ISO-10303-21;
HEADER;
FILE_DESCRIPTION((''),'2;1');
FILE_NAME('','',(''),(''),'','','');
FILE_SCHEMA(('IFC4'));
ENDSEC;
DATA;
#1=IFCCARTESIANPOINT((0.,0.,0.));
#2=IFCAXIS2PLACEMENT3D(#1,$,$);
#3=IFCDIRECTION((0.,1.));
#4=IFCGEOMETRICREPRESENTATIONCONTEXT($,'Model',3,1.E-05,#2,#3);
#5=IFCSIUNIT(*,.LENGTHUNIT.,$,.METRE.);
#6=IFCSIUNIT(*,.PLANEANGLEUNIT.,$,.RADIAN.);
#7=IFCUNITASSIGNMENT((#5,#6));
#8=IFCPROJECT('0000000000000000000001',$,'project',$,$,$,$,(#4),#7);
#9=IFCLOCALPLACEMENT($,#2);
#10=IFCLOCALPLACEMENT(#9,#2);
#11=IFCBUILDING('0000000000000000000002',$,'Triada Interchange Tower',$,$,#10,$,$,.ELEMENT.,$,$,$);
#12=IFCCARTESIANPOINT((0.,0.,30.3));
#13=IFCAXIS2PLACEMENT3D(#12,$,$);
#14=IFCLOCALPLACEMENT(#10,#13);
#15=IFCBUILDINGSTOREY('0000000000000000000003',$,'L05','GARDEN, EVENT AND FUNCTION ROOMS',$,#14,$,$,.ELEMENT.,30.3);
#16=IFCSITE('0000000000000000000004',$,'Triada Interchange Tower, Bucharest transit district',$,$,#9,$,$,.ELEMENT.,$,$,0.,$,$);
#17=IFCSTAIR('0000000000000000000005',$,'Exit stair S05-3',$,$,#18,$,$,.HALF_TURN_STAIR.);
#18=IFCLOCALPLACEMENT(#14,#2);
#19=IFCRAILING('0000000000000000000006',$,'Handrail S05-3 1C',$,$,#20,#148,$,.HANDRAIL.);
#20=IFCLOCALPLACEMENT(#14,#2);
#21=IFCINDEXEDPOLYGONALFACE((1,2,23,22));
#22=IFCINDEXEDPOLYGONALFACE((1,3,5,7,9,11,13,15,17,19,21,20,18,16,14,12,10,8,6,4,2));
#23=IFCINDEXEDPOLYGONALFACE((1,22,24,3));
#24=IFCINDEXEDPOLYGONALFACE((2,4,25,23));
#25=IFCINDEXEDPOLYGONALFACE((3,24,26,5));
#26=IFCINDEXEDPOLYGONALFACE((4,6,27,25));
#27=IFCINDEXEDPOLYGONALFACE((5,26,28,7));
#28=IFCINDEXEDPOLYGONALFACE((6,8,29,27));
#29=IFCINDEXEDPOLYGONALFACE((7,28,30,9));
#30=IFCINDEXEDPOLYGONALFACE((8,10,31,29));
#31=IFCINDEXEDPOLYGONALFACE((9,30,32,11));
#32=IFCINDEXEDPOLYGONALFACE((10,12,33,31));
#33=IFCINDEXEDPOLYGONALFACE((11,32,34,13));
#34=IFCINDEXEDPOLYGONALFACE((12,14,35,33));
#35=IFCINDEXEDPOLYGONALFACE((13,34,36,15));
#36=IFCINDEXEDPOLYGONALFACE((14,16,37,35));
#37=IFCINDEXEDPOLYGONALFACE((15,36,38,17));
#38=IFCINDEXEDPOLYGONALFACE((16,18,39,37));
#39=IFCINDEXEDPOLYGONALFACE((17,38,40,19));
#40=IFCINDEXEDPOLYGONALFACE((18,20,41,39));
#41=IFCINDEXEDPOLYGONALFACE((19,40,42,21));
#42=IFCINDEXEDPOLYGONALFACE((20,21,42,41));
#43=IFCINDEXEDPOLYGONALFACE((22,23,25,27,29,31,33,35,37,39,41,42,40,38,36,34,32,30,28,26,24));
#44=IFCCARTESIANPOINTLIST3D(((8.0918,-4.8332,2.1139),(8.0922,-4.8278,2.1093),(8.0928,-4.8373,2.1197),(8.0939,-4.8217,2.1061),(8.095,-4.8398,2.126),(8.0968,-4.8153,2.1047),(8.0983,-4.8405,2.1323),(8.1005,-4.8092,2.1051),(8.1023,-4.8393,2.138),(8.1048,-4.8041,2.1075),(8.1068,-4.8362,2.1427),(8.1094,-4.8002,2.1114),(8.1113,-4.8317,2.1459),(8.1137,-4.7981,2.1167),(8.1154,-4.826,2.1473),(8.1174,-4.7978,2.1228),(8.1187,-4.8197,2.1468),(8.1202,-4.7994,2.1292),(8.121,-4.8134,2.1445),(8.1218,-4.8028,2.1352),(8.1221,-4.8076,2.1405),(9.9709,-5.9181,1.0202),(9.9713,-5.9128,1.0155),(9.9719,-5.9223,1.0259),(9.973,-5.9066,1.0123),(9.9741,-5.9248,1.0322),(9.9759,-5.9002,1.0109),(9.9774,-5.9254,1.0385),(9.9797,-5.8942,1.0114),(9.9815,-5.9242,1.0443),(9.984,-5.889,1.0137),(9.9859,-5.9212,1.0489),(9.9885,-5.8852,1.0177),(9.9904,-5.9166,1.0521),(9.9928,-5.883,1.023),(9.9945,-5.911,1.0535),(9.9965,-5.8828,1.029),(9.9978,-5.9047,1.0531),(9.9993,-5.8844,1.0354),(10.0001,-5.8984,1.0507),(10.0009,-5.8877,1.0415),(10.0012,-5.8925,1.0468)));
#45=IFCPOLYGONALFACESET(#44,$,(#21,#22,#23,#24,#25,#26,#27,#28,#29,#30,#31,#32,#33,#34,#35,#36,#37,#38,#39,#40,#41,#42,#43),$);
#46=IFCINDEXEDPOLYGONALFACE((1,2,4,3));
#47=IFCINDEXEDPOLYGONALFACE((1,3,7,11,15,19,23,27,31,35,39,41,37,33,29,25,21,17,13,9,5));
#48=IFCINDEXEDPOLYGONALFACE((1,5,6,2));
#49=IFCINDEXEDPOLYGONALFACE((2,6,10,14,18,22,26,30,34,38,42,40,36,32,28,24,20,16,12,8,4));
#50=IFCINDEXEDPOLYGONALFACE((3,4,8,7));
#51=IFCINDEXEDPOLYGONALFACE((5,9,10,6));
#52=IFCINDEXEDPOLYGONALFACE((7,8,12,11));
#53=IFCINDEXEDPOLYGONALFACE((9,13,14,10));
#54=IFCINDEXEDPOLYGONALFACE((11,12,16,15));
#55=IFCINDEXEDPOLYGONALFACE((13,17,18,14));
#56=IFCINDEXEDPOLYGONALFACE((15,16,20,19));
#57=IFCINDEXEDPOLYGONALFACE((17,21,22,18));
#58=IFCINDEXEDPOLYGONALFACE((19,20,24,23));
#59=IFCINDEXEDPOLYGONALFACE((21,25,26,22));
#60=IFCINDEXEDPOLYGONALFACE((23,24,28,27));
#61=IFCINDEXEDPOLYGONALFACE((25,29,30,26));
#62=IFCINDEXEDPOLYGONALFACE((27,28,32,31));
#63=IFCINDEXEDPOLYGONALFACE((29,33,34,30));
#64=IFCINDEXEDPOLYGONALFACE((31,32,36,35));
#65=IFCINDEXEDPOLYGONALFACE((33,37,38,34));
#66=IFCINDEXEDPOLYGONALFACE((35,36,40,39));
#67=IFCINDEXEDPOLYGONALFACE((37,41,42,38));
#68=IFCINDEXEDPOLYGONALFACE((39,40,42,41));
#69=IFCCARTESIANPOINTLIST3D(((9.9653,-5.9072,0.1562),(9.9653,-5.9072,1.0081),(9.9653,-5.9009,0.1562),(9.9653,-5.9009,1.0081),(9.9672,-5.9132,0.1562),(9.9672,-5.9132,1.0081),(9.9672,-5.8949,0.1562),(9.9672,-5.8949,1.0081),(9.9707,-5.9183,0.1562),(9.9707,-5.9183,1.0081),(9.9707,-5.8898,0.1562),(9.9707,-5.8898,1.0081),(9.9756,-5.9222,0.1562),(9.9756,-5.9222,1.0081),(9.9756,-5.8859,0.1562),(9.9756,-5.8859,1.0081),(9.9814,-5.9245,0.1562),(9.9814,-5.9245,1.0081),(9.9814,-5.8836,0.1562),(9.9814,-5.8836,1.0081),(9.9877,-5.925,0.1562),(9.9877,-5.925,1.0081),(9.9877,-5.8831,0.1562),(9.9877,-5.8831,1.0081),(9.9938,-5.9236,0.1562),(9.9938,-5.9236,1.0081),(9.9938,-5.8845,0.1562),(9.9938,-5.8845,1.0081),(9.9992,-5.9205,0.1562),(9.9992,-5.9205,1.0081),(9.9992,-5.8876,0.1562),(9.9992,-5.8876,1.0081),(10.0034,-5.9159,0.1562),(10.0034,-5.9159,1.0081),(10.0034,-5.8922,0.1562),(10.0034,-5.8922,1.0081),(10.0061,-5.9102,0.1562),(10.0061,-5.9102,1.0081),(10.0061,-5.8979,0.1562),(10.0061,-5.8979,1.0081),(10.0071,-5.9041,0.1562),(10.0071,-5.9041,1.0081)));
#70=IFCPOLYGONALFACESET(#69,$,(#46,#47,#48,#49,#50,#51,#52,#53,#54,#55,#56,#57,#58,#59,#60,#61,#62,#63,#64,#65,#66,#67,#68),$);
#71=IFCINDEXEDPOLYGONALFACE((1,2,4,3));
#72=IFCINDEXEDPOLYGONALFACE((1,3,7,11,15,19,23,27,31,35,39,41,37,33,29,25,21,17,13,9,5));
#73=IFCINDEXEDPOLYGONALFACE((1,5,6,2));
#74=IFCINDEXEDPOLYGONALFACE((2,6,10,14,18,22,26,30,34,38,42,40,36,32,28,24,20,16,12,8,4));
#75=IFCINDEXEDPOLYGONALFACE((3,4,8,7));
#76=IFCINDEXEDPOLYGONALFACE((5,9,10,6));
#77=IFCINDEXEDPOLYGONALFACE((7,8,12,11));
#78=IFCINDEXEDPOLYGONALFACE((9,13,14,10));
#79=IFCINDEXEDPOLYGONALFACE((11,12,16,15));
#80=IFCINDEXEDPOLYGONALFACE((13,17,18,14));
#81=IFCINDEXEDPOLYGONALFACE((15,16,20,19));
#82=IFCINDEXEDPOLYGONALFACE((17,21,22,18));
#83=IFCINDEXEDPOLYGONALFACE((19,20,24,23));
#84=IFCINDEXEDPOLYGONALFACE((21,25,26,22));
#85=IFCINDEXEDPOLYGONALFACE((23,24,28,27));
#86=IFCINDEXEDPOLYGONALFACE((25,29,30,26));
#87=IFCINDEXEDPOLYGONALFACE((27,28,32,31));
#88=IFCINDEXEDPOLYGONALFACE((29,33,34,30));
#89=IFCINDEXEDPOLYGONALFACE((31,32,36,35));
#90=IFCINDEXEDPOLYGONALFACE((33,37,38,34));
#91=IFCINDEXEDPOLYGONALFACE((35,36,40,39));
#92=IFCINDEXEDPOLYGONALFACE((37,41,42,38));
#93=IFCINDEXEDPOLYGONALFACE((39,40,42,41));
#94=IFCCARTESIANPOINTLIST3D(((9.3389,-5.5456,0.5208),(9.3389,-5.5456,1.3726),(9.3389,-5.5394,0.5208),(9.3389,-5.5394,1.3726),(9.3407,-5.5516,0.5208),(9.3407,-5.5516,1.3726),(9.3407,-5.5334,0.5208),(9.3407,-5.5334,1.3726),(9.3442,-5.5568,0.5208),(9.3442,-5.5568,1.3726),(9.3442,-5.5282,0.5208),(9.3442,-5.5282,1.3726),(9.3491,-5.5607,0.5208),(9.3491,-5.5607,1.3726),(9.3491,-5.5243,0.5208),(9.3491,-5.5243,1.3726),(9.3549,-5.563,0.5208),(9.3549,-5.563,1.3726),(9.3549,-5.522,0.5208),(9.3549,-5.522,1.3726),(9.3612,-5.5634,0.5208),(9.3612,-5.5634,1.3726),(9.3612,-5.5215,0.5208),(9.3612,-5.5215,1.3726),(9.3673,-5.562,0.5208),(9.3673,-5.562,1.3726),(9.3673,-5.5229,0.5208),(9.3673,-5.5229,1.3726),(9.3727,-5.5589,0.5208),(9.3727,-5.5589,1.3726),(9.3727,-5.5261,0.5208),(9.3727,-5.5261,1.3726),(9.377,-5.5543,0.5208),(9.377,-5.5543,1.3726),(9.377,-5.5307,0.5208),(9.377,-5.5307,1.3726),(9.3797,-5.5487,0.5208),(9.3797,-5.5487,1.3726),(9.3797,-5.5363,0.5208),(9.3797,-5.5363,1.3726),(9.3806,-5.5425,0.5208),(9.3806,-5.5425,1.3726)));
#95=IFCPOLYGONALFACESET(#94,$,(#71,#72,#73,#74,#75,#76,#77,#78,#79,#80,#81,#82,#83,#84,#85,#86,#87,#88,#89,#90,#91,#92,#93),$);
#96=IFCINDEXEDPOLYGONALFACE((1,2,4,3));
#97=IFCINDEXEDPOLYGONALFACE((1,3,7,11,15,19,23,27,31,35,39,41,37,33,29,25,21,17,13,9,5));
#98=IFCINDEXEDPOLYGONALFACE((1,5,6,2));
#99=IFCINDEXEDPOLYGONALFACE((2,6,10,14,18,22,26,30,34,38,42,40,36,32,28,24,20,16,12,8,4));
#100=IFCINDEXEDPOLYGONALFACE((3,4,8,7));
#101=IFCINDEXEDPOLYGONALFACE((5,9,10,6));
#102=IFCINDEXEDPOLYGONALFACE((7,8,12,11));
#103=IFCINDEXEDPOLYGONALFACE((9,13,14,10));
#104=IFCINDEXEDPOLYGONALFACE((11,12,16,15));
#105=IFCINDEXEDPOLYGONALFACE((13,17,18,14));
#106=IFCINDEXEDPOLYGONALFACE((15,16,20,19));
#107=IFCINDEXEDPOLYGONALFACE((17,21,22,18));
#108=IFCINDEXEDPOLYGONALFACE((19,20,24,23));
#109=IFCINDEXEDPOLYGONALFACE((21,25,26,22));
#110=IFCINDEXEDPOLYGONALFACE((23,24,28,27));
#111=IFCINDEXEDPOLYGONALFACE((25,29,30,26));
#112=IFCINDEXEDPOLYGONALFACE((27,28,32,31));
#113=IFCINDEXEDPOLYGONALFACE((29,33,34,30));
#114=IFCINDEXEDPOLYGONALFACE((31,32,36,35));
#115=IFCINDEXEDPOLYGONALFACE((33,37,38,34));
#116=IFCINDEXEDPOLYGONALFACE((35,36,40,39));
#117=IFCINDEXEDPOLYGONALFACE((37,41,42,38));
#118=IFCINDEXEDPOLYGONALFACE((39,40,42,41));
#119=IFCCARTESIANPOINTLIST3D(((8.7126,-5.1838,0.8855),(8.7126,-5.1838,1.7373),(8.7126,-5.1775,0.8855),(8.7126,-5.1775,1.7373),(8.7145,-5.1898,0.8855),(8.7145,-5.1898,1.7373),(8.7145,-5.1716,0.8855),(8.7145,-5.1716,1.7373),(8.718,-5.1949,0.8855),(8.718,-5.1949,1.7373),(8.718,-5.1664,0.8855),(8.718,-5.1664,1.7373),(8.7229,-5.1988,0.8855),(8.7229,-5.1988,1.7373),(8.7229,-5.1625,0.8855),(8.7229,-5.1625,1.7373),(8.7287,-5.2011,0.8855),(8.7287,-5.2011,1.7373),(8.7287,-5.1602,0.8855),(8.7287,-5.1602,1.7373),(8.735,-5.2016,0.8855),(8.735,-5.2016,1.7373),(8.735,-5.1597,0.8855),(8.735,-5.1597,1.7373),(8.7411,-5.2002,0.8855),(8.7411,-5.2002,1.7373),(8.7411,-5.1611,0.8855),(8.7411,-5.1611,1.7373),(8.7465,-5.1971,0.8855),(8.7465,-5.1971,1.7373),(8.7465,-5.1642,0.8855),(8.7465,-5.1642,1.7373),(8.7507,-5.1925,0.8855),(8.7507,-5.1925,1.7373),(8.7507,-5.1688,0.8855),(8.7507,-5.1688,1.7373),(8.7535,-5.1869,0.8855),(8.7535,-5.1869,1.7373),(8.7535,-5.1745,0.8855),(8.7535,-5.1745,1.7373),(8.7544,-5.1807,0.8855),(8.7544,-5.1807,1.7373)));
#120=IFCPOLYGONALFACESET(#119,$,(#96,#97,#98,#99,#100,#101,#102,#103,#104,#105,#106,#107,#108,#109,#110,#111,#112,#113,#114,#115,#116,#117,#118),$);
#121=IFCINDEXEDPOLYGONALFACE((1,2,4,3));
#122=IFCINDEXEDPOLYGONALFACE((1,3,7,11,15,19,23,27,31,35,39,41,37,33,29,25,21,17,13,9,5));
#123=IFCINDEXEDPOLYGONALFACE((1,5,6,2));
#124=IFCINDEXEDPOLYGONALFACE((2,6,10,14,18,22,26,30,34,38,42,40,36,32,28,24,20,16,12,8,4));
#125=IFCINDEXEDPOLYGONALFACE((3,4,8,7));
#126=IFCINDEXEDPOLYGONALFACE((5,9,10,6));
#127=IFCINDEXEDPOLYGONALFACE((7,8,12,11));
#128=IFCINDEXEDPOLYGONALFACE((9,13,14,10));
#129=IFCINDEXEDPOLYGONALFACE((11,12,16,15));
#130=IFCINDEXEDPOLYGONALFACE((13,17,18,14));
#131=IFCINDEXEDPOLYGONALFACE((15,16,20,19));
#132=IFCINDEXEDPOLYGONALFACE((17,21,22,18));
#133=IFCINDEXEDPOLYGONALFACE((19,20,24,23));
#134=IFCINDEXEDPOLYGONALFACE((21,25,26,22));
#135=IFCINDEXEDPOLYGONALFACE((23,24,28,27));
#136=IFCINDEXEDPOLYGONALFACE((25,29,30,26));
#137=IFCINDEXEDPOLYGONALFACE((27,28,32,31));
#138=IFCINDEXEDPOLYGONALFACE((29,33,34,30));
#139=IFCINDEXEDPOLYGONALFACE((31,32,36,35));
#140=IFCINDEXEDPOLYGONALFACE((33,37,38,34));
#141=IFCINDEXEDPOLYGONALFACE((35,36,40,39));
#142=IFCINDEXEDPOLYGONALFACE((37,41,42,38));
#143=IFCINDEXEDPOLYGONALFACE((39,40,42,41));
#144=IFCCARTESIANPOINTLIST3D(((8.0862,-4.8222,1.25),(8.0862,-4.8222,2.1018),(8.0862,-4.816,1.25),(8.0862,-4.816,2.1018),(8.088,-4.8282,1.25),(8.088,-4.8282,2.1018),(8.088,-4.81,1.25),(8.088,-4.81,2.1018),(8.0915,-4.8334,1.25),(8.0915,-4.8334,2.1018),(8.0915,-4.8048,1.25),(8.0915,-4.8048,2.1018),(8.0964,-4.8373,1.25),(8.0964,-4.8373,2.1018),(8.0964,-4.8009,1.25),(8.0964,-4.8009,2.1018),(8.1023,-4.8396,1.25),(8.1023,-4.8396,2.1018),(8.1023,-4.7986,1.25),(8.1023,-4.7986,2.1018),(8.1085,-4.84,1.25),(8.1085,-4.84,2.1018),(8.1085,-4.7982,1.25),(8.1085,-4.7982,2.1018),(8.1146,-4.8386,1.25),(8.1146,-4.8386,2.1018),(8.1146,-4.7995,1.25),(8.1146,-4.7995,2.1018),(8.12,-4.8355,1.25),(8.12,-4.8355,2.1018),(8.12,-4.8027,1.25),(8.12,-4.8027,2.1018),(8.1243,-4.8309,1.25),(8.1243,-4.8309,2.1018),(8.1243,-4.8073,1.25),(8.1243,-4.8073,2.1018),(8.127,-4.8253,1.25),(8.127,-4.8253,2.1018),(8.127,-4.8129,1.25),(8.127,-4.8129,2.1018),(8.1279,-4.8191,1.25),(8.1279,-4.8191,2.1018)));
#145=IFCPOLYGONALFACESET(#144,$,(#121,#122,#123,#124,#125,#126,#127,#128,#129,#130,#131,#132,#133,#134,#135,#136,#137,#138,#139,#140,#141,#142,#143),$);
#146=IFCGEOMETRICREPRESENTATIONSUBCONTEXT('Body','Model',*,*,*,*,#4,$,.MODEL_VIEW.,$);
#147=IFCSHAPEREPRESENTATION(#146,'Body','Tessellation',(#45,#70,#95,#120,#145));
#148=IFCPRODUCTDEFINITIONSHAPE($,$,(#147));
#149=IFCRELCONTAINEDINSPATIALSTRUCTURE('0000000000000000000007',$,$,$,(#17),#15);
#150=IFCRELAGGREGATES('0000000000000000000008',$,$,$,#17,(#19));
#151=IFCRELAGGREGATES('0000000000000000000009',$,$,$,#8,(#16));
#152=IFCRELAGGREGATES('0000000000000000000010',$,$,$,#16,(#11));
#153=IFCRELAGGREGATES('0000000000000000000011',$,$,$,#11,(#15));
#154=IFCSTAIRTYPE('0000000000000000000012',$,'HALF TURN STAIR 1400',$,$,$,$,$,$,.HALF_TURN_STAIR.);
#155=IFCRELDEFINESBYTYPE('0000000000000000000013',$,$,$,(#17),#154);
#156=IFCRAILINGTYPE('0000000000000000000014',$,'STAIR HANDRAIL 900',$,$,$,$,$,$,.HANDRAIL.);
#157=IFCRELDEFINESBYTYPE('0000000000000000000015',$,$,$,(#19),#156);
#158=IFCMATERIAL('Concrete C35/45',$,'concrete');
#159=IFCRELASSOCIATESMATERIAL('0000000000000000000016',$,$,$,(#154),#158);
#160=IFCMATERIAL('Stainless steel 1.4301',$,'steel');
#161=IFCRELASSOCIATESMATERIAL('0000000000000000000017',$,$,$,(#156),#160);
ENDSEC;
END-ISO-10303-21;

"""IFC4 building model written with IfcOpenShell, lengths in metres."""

from ifc_helpers import new_model, si_unit, direction, frame, origin, origin_2d, place, context, subcontext, project, spatial, circle, extrude, material, type_object, element, aggregate, save


model = new_model("IFC4")

# Units and contexts
model_context = context("Model", 3, precision=1e-05, world=origin(), true_north=direction((0.0, 1.0)))
body_context = subcontext(model_context, "Body", "Model", "MODEL_VIEW")
ifc_project = project(units=[si_unit("LENGTHUNIT", "METRE"), si_unit("PLANEANGLEUNIT", "RADIAN")], contexts=[model_context])

# Site, building, storey
site_placement = place(None, origin())
site = spatial("IfcSite", under=ifc_project, at=site_placement, Name="Triada Interchange Tower, Bucharest transit district", CompositionType="ELEMENT", RefElevation=0.0)
building_placement = place(site_placement, origin())
building = spatial("IfcBuilding", under=site, at=building_placement, Name="Triada Interchange Tower", CompositionType="ELEMENT")
storey_placement = place(building_placement, frame((0.0, 0.0, 30.3)))
storey = spatial("IfcBuildingStorey", under=building, at=storey_placement, Name="L05", Description="GARDEN, EVENT AND FUNCTION ROOMS", CompositionType="ELEMENT", Elevation=30.3)

# Shared definitions
ifc_material_1 = material(Name="Concrete C35/45", Category="concrete")

# Stair
stair_type = type_object("IfcStairType", Name="HALF TURN STAIR 1400", PredefinedType="HALF_TURN_STAIR", material=ifc_material_1)
stair_placement = place(storey_placement, origin())
stair = element("IfcStair", 1, at=stair_placement, inside=storey, type_object=stair_type, Name="Exit stair S05-3", PredefinedType="HALF_TURN_STAIR")
ifc_material_2 = material(Name="Stainless steel 1.4301", Category="steel")

# Railing
railing_type_1 = type_object("IfcRailingType", Name="STAIR HANDRAIL 900", PredefinedType="HANDRAIL", material=ifc_material_2)
railing_1_placement = place(storey_placement, frame((9.9861, -5.9041, 0.1562)))
railing_1 = element("IfcRailing", 2, at=railing_1_placement, type_object=railing_type_1, Name="Handrail S05-3 1C", PredefinedType="HANDRAIL", context=body_context, shape_type="SweptSolid", body=[
    extrude(circle(Radius=0.0239, at=origin_2d()), frame((0.0, 0.0, 0.876), z_axis=(-0.77333, 0.446496, 0.450113), x_axis=(-0.500011, -0.866019, 0.0)), (0.0, 0.0, 1.0), 2.4299),
    extrude(circle(Radius=0.021, at=origin_2d()), origin(), (0.0, 0.0, 1.0), 0.8518),
    extrude(circle(Radius=0.021, at=origin_2d()), frame((-0.6265, 0.3616, 0.3645)), (0.0, 0.0, 1.0), 0.8518),
    extrude(circle(Radius=0.021, at=origin_2d()), frame((-1.2527, 0.7234, 0.7292)), (0.0, 0.0, 1.0), 0.8518),
    extrude(circle(Radius=0.021, at=origin_2d()), frame((-1.8792, 1.085, 1.0938)), (0.0, 0.0, 1.0), 0.8518),
])
aggregate(stair, [railing_1])

save(model, "model.ifc")
